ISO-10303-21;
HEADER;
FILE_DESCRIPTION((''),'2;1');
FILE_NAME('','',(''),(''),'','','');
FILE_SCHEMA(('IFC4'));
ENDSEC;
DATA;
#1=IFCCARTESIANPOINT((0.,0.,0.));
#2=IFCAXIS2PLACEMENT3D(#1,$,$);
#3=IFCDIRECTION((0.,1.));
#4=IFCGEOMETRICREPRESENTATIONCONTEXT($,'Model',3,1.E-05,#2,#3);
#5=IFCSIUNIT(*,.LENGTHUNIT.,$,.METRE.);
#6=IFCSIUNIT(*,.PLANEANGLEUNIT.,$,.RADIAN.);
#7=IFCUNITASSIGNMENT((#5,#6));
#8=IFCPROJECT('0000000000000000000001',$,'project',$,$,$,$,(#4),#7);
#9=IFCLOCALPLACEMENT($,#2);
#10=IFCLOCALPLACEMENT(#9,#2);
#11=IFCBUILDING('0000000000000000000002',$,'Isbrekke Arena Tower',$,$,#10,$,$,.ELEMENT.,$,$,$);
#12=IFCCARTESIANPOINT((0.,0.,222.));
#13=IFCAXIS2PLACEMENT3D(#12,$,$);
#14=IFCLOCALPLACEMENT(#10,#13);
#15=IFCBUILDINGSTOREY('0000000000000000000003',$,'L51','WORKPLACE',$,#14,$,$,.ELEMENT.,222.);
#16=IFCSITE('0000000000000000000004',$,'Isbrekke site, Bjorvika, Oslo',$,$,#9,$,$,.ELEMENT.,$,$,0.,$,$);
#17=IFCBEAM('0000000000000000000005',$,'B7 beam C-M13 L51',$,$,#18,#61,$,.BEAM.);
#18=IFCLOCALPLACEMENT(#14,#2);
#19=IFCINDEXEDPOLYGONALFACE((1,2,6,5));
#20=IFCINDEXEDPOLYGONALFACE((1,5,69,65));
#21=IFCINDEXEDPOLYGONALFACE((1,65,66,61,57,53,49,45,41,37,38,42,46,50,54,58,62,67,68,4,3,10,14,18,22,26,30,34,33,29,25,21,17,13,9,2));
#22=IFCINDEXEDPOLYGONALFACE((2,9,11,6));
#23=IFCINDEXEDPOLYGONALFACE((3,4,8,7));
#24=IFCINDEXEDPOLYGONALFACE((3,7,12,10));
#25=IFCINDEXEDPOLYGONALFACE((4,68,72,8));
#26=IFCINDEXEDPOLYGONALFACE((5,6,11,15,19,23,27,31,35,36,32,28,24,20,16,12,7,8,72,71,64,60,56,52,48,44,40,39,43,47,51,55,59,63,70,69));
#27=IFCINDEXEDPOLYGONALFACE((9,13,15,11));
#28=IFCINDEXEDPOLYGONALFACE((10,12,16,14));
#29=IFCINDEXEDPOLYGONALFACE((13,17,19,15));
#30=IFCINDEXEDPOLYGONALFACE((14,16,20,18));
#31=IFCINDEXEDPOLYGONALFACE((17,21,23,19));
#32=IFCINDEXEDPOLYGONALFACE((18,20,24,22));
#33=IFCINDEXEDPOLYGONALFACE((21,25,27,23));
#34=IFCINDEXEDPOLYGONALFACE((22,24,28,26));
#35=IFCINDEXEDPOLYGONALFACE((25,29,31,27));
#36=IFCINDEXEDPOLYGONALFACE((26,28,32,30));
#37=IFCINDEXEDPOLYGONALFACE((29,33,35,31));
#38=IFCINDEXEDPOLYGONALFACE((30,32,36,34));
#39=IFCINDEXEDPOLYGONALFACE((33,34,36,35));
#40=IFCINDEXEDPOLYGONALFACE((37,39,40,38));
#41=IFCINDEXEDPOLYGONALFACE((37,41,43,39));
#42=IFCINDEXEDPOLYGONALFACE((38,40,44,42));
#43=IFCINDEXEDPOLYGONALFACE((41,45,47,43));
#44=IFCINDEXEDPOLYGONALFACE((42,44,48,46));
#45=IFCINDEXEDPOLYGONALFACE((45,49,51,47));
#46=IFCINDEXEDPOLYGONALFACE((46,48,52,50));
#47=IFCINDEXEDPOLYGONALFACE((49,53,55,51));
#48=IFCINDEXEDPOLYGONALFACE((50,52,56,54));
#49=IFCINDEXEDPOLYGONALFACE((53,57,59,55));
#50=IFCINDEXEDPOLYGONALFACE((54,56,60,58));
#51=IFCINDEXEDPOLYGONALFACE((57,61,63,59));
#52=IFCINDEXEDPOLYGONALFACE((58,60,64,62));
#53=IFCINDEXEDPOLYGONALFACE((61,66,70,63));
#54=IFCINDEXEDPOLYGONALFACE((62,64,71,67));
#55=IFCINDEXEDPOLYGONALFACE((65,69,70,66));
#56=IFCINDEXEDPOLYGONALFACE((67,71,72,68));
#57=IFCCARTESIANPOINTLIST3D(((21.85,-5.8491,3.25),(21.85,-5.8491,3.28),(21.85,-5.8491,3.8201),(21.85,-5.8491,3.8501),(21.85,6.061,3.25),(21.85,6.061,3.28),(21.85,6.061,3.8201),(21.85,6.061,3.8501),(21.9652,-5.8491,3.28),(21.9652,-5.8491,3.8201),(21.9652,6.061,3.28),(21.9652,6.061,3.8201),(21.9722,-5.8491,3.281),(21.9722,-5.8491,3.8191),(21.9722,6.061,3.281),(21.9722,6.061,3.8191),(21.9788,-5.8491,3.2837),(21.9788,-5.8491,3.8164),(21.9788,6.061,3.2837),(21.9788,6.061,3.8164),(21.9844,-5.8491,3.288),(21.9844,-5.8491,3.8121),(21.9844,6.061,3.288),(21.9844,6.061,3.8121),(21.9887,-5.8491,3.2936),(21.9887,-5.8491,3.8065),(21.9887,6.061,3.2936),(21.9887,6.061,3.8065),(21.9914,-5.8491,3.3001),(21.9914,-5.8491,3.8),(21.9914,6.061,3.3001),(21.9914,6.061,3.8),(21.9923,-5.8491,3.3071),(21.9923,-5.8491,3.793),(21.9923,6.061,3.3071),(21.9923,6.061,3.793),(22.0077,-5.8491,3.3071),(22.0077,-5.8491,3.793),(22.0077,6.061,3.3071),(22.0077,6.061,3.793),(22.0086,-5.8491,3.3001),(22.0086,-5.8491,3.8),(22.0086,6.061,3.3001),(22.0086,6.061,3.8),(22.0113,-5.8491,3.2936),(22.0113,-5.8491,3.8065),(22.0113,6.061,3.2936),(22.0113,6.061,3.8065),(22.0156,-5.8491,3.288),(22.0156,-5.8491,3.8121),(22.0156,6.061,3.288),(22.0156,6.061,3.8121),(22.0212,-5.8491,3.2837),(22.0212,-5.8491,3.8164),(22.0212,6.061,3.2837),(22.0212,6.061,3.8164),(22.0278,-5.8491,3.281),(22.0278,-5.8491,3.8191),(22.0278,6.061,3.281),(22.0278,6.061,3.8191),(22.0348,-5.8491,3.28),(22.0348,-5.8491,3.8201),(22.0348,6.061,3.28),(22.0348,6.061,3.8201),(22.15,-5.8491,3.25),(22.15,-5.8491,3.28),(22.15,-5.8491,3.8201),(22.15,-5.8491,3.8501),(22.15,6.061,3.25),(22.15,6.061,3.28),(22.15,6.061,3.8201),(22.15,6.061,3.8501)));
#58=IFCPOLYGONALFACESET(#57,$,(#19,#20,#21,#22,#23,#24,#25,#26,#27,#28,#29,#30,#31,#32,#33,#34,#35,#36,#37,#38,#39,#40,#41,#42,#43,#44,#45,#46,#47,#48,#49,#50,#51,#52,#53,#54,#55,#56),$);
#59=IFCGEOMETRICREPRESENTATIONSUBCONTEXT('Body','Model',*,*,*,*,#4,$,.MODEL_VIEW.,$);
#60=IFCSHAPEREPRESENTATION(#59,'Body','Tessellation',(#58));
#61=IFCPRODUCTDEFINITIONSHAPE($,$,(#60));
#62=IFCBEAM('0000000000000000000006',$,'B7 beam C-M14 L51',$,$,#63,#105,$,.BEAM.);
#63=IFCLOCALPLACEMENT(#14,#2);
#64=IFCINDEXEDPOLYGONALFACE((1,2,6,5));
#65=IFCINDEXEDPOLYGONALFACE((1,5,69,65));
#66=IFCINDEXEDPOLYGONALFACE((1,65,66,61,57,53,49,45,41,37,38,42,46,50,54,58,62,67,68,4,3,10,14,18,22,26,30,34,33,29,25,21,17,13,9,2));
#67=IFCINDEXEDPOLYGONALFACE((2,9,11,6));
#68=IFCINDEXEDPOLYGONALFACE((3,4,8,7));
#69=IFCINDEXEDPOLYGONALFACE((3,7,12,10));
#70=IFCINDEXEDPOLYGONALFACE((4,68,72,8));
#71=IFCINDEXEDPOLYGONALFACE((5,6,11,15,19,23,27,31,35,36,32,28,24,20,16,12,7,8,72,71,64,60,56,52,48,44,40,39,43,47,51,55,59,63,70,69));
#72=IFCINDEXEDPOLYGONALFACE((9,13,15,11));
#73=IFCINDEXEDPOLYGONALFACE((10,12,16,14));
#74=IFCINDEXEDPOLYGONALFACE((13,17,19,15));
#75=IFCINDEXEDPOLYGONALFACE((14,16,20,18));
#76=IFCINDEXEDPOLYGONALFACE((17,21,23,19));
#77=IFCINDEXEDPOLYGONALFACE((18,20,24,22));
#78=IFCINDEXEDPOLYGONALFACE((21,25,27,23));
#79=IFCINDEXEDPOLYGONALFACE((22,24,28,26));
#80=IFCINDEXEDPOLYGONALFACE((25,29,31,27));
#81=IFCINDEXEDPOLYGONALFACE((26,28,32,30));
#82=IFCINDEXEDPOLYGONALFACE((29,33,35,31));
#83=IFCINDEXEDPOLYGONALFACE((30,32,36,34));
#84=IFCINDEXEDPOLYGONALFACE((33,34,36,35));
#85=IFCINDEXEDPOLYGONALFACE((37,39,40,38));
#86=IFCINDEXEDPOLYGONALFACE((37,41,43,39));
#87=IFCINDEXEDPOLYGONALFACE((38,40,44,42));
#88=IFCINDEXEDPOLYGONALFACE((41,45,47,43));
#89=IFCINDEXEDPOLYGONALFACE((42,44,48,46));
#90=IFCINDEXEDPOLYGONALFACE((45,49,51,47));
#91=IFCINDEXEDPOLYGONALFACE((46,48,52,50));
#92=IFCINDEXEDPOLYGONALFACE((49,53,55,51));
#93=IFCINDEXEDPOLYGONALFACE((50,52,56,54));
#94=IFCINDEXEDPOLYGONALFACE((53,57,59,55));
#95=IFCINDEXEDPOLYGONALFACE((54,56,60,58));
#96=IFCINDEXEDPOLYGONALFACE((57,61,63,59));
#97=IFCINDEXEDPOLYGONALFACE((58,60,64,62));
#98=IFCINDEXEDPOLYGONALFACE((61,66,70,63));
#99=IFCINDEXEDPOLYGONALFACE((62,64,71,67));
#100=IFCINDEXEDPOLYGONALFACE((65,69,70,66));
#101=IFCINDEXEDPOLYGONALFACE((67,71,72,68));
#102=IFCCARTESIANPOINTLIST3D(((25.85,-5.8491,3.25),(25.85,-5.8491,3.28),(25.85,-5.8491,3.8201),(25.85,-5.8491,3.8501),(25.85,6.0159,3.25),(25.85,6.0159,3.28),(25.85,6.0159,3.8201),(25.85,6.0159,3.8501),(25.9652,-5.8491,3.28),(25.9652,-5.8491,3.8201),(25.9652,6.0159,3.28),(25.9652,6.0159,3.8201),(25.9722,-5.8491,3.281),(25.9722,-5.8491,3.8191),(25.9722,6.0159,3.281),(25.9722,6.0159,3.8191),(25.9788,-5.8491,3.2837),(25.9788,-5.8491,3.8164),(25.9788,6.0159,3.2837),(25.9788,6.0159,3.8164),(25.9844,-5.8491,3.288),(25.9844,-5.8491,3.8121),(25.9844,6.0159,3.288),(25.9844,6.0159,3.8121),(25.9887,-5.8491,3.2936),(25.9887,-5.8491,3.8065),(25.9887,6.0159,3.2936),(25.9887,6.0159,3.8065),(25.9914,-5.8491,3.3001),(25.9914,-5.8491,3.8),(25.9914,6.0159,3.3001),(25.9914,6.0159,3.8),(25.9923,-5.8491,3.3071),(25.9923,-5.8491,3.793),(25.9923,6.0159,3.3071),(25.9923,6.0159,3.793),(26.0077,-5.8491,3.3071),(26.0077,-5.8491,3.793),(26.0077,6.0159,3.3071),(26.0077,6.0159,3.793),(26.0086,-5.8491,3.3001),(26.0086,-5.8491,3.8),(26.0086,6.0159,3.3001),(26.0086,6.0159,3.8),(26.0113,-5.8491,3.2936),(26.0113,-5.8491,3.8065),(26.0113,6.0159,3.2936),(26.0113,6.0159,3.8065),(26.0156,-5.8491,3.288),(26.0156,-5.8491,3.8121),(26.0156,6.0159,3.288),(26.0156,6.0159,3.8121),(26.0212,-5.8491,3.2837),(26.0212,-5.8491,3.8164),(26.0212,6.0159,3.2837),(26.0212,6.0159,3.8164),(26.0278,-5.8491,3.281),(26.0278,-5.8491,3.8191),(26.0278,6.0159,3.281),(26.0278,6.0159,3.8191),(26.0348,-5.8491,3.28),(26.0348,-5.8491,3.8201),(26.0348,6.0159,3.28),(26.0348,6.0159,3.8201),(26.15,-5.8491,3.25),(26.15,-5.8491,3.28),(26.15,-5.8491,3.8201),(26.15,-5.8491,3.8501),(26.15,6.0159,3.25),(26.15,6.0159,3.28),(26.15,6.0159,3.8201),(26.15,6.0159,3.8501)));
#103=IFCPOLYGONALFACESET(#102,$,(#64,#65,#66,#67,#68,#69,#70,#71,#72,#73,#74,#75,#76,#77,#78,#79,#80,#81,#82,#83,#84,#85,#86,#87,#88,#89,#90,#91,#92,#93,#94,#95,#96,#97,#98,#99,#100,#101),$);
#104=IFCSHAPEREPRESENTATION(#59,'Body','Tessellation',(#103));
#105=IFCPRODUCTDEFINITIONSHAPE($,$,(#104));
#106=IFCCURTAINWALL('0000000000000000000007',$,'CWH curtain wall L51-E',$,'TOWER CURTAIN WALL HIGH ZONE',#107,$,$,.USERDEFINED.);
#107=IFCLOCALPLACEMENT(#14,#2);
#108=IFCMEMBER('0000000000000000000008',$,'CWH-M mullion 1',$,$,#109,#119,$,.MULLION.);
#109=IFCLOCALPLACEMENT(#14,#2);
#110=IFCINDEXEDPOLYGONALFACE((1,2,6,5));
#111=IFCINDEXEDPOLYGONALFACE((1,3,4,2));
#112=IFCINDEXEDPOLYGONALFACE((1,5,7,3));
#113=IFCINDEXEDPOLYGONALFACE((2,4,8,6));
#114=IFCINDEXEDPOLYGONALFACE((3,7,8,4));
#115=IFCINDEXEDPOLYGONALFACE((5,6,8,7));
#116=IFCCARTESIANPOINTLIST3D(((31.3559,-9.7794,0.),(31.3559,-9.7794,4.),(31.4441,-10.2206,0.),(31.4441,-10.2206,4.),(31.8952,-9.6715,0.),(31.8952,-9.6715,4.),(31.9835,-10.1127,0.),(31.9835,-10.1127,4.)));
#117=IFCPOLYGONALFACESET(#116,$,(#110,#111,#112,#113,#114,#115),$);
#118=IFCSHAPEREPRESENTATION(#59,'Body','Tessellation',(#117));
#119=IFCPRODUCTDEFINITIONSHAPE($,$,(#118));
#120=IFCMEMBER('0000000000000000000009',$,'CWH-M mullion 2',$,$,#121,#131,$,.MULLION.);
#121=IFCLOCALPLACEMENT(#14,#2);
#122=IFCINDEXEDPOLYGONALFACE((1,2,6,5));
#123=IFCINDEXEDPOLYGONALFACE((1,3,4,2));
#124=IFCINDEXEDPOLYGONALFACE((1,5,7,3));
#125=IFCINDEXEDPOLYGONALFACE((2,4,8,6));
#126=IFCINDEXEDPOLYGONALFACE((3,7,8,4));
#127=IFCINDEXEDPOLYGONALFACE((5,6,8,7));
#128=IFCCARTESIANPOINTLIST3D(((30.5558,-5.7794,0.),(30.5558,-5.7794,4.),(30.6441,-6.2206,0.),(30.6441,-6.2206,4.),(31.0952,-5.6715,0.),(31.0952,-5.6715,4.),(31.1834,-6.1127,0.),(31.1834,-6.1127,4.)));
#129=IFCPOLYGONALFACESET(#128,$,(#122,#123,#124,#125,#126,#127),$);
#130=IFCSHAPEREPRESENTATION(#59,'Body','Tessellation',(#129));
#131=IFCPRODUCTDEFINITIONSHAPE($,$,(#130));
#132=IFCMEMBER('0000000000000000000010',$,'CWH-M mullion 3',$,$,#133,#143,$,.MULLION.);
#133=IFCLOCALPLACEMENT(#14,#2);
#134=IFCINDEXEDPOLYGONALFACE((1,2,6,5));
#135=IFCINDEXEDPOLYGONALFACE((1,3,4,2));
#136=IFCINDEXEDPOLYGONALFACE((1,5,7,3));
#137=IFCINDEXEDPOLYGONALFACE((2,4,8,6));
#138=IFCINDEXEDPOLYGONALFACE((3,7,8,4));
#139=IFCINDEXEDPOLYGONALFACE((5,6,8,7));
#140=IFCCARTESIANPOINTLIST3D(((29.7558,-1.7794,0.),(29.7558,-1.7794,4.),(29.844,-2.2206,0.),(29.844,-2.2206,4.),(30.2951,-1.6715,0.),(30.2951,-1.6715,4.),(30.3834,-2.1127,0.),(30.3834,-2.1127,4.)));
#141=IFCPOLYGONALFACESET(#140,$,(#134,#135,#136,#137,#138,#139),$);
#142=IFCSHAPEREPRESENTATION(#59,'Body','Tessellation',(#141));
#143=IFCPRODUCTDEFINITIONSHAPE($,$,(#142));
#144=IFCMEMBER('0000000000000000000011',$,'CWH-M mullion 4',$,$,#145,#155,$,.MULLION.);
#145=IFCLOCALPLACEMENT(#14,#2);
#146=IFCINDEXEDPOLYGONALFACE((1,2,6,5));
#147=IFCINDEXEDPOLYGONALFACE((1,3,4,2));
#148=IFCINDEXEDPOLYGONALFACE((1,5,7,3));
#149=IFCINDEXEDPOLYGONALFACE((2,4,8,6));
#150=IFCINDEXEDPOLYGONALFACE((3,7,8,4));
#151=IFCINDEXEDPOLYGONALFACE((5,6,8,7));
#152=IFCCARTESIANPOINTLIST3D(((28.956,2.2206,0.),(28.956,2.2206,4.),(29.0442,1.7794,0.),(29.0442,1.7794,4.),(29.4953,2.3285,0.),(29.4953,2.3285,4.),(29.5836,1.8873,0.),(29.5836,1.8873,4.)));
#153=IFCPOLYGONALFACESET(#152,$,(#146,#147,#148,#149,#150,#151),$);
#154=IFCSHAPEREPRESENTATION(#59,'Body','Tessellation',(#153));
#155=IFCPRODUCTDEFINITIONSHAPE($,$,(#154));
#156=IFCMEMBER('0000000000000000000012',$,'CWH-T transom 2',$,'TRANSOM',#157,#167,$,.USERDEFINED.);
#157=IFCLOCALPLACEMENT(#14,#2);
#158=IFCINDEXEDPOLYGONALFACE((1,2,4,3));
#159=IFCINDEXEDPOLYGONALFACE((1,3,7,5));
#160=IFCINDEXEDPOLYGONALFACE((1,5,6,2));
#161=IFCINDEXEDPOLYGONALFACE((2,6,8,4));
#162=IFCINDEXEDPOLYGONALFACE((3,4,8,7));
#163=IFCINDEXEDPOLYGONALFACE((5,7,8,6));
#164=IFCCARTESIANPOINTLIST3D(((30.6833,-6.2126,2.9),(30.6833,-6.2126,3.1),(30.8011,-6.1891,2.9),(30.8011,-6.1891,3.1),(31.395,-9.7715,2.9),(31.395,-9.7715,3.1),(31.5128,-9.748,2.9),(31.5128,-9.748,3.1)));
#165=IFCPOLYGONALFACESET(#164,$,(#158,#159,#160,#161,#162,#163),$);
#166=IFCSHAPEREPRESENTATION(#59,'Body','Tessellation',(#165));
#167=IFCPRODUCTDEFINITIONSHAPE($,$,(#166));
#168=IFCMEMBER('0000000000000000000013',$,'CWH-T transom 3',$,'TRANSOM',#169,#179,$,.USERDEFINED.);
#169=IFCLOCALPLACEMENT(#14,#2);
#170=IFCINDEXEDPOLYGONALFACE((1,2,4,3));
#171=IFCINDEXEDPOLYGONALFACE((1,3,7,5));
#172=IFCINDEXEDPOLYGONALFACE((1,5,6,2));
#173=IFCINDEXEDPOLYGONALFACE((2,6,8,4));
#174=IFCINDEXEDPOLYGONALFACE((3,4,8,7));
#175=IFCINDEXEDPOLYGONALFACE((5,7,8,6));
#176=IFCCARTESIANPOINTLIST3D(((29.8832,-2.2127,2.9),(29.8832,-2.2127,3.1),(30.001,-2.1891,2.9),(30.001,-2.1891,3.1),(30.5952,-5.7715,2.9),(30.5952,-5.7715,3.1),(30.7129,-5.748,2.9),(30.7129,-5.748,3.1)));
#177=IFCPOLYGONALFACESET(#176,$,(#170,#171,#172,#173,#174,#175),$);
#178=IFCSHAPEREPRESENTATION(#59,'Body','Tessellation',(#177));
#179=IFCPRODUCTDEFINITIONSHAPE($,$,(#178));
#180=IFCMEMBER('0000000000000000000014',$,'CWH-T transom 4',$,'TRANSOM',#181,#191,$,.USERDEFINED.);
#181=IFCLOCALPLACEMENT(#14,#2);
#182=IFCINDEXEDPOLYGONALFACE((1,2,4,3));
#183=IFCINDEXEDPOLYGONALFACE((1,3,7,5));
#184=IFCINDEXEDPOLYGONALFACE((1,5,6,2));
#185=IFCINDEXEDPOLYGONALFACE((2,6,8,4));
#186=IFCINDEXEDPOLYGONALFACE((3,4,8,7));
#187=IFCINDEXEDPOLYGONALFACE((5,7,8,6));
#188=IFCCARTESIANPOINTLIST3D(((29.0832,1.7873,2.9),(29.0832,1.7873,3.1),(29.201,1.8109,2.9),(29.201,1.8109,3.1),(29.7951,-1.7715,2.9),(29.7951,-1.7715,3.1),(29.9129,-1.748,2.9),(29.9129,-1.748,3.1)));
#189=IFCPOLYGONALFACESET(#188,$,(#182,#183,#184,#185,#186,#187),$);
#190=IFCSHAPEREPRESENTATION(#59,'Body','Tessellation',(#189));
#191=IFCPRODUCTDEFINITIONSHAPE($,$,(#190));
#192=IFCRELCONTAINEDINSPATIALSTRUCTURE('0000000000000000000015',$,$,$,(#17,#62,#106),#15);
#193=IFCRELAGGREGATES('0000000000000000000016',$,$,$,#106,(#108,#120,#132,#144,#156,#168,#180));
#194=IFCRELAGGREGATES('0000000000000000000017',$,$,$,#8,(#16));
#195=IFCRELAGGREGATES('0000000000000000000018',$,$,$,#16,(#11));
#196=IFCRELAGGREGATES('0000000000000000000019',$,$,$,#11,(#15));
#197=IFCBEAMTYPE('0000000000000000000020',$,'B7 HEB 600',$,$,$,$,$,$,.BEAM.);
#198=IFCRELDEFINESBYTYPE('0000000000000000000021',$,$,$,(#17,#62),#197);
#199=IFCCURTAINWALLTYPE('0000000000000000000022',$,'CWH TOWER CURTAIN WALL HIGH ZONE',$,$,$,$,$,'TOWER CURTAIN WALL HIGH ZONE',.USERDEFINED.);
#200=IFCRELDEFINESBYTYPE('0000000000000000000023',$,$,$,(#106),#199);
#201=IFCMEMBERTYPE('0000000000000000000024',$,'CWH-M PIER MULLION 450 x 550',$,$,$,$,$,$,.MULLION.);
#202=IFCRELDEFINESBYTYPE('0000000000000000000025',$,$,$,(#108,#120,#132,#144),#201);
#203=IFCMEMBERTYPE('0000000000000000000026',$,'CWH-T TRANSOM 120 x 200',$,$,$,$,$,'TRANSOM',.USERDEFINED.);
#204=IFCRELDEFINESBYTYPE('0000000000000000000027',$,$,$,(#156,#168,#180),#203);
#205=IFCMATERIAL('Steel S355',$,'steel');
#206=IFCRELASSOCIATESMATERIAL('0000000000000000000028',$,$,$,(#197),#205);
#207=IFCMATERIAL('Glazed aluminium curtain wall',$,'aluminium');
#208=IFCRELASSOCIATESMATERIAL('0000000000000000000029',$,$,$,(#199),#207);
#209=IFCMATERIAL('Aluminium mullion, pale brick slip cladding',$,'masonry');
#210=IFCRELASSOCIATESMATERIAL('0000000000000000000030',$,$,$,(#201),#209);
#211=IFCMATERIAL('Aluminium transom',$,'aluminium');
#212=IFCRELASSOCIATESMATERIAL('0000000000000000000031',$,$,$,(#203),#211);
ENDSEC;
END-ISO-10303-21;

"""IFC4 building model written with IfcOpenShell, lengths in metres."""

from ifc_helpers import new_model, si_unit, direction, frame, origin, origin_2d, place, context, subcontext, project, spatial, rectangle, i_section, extrude, material, material_profile, profile_set, type_object, element, aggregate, save


model = new_model("IFC4")

# Units and contexts
model_context = context("Model", 3, precision=1e-05, world=origin(), true_north=direction((0.0, 1.0)))
body_context = subcontext(model_context, "Body", "Model", "MODEL_VIEW")
ifc_project = project(units=[si_unit("LENGTHUNIT", "METRE"), si_unit("PLANEANGLEUNIT", "RADIAN")], contexts=[model_context])

# Site, building, storey
site_placement = place(None, origin())
site = spatial("IfcSite", under=ifc_project, at=site_placement, Name="Isbrekke site, Bjorvika, Oslo", CompositionType="ELEMENT", RefElevation=0.0)
building_placement = place(site_placement, origin())
building = spatial("IfcBuilding", under=site, at=building_placement, Name="Isbrekke Arena Tower", CompositionType="ELEMENT")
storey_placement = place(building_placement, frame((0.0, 0.0, 222.0)))
storey = spatial("IfcBuildingStorey", under=building, at=storey_placement, Name="L51", Description="WORKPLACE", CompositionType="ELEMENT", Elevation=222.0)

# Beams
ifc_material_1 = material(Name="Steel S355", Category="steel")
ifc_material_profile_1 = material_profile(ifc_material_1, i_section(OverallWidth=0.3, OverallDepth=0.6001, WebThickness=0.0154, FlangeThickness=0.03, FilletRadius=0.0271, at=origin_2d()), Name="HEB 600")
ifc_profile_set_1 = profile_set([ifc_material_profile_1], Name="Steel S355")
beam_type_1 = type_object("IfcBeamType", Name="B7 HEB 600", PredefinedType="BEAM", material=ifc_profile_set_1)
beam_1_placement = place(storey_placement, frame((22.0, -5.8491, 3.55), z_axis=(0.0, 1.0, 0.0), x_axis=(-1.0, 0.0, 0.0)))
element("IfcBeam", 1, at=beam_1_placement, inside=storey, type_object=beam_type_1, Name="B7 beam C-M13 L51", PredefinedType="BEAM", context=body_context, shape_type="SweptSolid", body=[
    extrude(i_section(OverallWidth=0.3, OverallDepth=0.6001, WebThickness=0.0154, FlangeThickness=0.03, FilletRadius=0.0271, at=origin_2d()), origin(), (0.0, 0.0, 1.0), 11.9102),
])
beam_2_placement = place(storey_placement, frame((26.0, -5.8491, 3.55), z_axis=(0.0, 1.0, 0.0), x_axis=(-1.0, 0.0, 0.0)))
element("IfcBeam", 2, at=beam_2_placement, inside=storey, type_object=beam_type_1, Name="B7 beam C-M14 L51", PredefinedType="BEAM", context=body_context, shape_type="SweptSolid", body=[
    extrude(i_section(OverallWidth=0.3, OverallDepth=0.6001, WebThickness=0.0154, FlangeThickness=0.03, FilletRadius=0.0271, at=origin_2d()), origin(), (0.0, 0.0, 1.0), 11.865),
])

# Curtain wall, members
ifc_material_2 = material(Name="Glazed aluminium curtain wall", Category="aluminium")
curtain_wall_type = type_object("IfcCurtainWallType", Name="CWH TOWER CURTAIN WALL HIGH ZONE", ElementType="TOWER CURTAIN WALL HIGH ZONE", PredefinedType="USERDEFINED", material=ifc_material_2)
curtain_wall_placement = place(storey_placement, origin())
curtain_wall = element("IfcCurtainWall", 3, at=curtain_wall_placement, inside=storey, type_object=curtain_wall_type, Name="CWH curtain wall L51-E", ObjectType="TOWER CURTAIN WALL HIGH ZONE", PredefinedType="USERDEFINED")
ifc_material_3 = material(Name="Aluminium mullion, pale brick slip cladding", Category="masonry")
ifc_material_profile_2 = material_profile(ifc_material_3, rectangle(XDim=0.45, YDim=0.55, at=origin_2d()), Name="PIER 450X550")
ifc_profile_set_2 = profile_set([ifc_material_profile_2], Name="Aluminium mullion, pale brick slip cladding")
member_type_1 = type_object("IfcMemberType", Name="CWH-M PIER MULLION 450 x 550", PredefinedType="MULLION", material=ifc_profile_set_2)
member_1_placement = place(storey_placement, frame((31.6697, -9.946, 0.0), z_axis=(0.0, 0.0, 1.0), x_axis=(-0.196116, 0.980581, 0.0)))
member_1 = element("IfcMember", 4, at=member_1_placement, type_object=member_type_1, Name="CWH-M mullion 1", PredefinedType="MULLION", context=body_context, shape_type="SweptSolid", body=[
    extrude(rectangle(XDim=0.45, YDim=0.55, at=origin_2d()), origin(), (0.0, 0.0, 1.0), 4.0),
])
member_2_placement = place(storey_placement, frame((30.8696, -5.946, 0.0), z_axis=(0.0, 0.0, 1.0), x_axis=(-0.196116, 0.980581, 0.0)))
member_2 = element("IfcMember", 5, at=member_2_placement, type_object=member_type_1, Name="CWH-M mullion 2", PredefinedType="MULLION", context=body_context, shape_type="SweptSolid", body=[
    extrude(rectangle(XDim=0.45, YDim=0.55, at=origin_2d()), origin(), (0.0, 0.0, 1.0), 4.0),
])
member_3_placement = place(storey_placement, frame((30.0696, -1.946, 0.0), z_axis=(0.0, 0.0, 1.0), x_axis=(-0.196116, 0.980581, 0.0)))
member_3 = element("IfcMember", 6, at=member_3_placement, type_object=member_type_1, Name="CWH-M mullion 3", PredefinedType="MULLION", context=body_context, shape_type="SweptSolid", body=[
    extrude(rectangle(XDim=0.45, YDim=0.55, at=origin_2d()), origin(), (0.0, 0.0, 1.0), 4.0),
])
member_4_placement = place(storey_placement, frame((29.2698, 2.054, 0.0), z_axis=(0.0, 0.0, 1.0), x_axis=(-0.196116, 0.980581, 0.0)))
member_4 = element("IfcMember", 7, at=member_4_placement, type_object=member_type_1, Name="CWH-M mullion 4", PredefinedType="MULLION", context=body_context, shape_type="SweptSolid", body=[
    extrude(rectangle(XDim=0.45, YDim=0.55, at=origin_2d()), origin(), (0.0, 0.0, 1.0), 4.0),
])
ifc_material_4 = material(Name="Aluminium transom", Category="aluminium")
ifc_material_profile_3 = material_profile(ifc_material_4, rectangle(XDim=0.1201, YDim=0.2, at=origin_2d()), Name="TRANSOM 120X200")
ifc_profile_set_3 = profile_set([ifc_material_profile_3], Name="Aluminium transom")
member_type_2 = type_object("IfcMemberType", Name="CWH-T TRANSOM 120 x 200", ElementType="TRANSOM", PredefinedType="USERDEFINED", material=ifc_profile_set_3)
member_5_placement = place(storey_placement, frame((31.4539, -9.7598, 3.0), z_axis=(-0.19609, 0.980586, 0.0), x_axis=(-0.980586, -0.19609, 0.0)))
member_5 = element("IfcMember", 8, at=member_5_placement, type_object=member_type_2, Name="CWH-T transom 2", ObjectType="TRANSOM", PredefinedType="USERDEFINED", context=body_context, shape_type="SweptSolid", body=[
    extrude(rectangle(XDim=0.1201, YDim=0.2, at=origin_2d()), origin(), (0.0, 0.0, 1.0), 3.6294),
])
member_6_placement = place(storey_placement, frame((30.6541, -5.7598, 3.0), z_axis=(-0.196155, 0.980573, 0.0), x_axis=(-0.980573, -0.196155, 0.0)))
member_6 = element("IfcMember", 9, at=member_6_placement, type_object=member_type_2, Name="CWH-T transom 3", ObjectType="TRANSOM", PredefinedType="USERDEFINED", context=body_context, shape_type="SweptSolid", body=[
    extrude(rectangle(XDim=0.1201, YDim=0.2, at=origin_2d()), origin(), (0.0, 0.0, 1.0), 3.6294),
])
member_7_placement = place(storey_placement, frame((29.854, -1.7598, 3.0), z_axis=(-0.196155, 0.980573, 0.0), x_axis=(-0.980573, -0.196155, 0.0)))
member_7 = element("IfcMember", 10, at=member_7_placement, type_object=member_type_2, Name="CWH-T transom 4", ObjectType="TRANSOM", PredefinedType="USERDEFINED", context=body_context, shape_type="SweptSolid", body=[
    extrude(rectangle(XDim=0.1201, YDim=0.2, at=origin_2d()), origin(), (0.0, 0.0, 1.0), 3.6294),
])

aggregate(curtain_wall, [member_1, member_2, member_3, member_4, member_5, member_6, member_7])

save(model, "model.ifc")
